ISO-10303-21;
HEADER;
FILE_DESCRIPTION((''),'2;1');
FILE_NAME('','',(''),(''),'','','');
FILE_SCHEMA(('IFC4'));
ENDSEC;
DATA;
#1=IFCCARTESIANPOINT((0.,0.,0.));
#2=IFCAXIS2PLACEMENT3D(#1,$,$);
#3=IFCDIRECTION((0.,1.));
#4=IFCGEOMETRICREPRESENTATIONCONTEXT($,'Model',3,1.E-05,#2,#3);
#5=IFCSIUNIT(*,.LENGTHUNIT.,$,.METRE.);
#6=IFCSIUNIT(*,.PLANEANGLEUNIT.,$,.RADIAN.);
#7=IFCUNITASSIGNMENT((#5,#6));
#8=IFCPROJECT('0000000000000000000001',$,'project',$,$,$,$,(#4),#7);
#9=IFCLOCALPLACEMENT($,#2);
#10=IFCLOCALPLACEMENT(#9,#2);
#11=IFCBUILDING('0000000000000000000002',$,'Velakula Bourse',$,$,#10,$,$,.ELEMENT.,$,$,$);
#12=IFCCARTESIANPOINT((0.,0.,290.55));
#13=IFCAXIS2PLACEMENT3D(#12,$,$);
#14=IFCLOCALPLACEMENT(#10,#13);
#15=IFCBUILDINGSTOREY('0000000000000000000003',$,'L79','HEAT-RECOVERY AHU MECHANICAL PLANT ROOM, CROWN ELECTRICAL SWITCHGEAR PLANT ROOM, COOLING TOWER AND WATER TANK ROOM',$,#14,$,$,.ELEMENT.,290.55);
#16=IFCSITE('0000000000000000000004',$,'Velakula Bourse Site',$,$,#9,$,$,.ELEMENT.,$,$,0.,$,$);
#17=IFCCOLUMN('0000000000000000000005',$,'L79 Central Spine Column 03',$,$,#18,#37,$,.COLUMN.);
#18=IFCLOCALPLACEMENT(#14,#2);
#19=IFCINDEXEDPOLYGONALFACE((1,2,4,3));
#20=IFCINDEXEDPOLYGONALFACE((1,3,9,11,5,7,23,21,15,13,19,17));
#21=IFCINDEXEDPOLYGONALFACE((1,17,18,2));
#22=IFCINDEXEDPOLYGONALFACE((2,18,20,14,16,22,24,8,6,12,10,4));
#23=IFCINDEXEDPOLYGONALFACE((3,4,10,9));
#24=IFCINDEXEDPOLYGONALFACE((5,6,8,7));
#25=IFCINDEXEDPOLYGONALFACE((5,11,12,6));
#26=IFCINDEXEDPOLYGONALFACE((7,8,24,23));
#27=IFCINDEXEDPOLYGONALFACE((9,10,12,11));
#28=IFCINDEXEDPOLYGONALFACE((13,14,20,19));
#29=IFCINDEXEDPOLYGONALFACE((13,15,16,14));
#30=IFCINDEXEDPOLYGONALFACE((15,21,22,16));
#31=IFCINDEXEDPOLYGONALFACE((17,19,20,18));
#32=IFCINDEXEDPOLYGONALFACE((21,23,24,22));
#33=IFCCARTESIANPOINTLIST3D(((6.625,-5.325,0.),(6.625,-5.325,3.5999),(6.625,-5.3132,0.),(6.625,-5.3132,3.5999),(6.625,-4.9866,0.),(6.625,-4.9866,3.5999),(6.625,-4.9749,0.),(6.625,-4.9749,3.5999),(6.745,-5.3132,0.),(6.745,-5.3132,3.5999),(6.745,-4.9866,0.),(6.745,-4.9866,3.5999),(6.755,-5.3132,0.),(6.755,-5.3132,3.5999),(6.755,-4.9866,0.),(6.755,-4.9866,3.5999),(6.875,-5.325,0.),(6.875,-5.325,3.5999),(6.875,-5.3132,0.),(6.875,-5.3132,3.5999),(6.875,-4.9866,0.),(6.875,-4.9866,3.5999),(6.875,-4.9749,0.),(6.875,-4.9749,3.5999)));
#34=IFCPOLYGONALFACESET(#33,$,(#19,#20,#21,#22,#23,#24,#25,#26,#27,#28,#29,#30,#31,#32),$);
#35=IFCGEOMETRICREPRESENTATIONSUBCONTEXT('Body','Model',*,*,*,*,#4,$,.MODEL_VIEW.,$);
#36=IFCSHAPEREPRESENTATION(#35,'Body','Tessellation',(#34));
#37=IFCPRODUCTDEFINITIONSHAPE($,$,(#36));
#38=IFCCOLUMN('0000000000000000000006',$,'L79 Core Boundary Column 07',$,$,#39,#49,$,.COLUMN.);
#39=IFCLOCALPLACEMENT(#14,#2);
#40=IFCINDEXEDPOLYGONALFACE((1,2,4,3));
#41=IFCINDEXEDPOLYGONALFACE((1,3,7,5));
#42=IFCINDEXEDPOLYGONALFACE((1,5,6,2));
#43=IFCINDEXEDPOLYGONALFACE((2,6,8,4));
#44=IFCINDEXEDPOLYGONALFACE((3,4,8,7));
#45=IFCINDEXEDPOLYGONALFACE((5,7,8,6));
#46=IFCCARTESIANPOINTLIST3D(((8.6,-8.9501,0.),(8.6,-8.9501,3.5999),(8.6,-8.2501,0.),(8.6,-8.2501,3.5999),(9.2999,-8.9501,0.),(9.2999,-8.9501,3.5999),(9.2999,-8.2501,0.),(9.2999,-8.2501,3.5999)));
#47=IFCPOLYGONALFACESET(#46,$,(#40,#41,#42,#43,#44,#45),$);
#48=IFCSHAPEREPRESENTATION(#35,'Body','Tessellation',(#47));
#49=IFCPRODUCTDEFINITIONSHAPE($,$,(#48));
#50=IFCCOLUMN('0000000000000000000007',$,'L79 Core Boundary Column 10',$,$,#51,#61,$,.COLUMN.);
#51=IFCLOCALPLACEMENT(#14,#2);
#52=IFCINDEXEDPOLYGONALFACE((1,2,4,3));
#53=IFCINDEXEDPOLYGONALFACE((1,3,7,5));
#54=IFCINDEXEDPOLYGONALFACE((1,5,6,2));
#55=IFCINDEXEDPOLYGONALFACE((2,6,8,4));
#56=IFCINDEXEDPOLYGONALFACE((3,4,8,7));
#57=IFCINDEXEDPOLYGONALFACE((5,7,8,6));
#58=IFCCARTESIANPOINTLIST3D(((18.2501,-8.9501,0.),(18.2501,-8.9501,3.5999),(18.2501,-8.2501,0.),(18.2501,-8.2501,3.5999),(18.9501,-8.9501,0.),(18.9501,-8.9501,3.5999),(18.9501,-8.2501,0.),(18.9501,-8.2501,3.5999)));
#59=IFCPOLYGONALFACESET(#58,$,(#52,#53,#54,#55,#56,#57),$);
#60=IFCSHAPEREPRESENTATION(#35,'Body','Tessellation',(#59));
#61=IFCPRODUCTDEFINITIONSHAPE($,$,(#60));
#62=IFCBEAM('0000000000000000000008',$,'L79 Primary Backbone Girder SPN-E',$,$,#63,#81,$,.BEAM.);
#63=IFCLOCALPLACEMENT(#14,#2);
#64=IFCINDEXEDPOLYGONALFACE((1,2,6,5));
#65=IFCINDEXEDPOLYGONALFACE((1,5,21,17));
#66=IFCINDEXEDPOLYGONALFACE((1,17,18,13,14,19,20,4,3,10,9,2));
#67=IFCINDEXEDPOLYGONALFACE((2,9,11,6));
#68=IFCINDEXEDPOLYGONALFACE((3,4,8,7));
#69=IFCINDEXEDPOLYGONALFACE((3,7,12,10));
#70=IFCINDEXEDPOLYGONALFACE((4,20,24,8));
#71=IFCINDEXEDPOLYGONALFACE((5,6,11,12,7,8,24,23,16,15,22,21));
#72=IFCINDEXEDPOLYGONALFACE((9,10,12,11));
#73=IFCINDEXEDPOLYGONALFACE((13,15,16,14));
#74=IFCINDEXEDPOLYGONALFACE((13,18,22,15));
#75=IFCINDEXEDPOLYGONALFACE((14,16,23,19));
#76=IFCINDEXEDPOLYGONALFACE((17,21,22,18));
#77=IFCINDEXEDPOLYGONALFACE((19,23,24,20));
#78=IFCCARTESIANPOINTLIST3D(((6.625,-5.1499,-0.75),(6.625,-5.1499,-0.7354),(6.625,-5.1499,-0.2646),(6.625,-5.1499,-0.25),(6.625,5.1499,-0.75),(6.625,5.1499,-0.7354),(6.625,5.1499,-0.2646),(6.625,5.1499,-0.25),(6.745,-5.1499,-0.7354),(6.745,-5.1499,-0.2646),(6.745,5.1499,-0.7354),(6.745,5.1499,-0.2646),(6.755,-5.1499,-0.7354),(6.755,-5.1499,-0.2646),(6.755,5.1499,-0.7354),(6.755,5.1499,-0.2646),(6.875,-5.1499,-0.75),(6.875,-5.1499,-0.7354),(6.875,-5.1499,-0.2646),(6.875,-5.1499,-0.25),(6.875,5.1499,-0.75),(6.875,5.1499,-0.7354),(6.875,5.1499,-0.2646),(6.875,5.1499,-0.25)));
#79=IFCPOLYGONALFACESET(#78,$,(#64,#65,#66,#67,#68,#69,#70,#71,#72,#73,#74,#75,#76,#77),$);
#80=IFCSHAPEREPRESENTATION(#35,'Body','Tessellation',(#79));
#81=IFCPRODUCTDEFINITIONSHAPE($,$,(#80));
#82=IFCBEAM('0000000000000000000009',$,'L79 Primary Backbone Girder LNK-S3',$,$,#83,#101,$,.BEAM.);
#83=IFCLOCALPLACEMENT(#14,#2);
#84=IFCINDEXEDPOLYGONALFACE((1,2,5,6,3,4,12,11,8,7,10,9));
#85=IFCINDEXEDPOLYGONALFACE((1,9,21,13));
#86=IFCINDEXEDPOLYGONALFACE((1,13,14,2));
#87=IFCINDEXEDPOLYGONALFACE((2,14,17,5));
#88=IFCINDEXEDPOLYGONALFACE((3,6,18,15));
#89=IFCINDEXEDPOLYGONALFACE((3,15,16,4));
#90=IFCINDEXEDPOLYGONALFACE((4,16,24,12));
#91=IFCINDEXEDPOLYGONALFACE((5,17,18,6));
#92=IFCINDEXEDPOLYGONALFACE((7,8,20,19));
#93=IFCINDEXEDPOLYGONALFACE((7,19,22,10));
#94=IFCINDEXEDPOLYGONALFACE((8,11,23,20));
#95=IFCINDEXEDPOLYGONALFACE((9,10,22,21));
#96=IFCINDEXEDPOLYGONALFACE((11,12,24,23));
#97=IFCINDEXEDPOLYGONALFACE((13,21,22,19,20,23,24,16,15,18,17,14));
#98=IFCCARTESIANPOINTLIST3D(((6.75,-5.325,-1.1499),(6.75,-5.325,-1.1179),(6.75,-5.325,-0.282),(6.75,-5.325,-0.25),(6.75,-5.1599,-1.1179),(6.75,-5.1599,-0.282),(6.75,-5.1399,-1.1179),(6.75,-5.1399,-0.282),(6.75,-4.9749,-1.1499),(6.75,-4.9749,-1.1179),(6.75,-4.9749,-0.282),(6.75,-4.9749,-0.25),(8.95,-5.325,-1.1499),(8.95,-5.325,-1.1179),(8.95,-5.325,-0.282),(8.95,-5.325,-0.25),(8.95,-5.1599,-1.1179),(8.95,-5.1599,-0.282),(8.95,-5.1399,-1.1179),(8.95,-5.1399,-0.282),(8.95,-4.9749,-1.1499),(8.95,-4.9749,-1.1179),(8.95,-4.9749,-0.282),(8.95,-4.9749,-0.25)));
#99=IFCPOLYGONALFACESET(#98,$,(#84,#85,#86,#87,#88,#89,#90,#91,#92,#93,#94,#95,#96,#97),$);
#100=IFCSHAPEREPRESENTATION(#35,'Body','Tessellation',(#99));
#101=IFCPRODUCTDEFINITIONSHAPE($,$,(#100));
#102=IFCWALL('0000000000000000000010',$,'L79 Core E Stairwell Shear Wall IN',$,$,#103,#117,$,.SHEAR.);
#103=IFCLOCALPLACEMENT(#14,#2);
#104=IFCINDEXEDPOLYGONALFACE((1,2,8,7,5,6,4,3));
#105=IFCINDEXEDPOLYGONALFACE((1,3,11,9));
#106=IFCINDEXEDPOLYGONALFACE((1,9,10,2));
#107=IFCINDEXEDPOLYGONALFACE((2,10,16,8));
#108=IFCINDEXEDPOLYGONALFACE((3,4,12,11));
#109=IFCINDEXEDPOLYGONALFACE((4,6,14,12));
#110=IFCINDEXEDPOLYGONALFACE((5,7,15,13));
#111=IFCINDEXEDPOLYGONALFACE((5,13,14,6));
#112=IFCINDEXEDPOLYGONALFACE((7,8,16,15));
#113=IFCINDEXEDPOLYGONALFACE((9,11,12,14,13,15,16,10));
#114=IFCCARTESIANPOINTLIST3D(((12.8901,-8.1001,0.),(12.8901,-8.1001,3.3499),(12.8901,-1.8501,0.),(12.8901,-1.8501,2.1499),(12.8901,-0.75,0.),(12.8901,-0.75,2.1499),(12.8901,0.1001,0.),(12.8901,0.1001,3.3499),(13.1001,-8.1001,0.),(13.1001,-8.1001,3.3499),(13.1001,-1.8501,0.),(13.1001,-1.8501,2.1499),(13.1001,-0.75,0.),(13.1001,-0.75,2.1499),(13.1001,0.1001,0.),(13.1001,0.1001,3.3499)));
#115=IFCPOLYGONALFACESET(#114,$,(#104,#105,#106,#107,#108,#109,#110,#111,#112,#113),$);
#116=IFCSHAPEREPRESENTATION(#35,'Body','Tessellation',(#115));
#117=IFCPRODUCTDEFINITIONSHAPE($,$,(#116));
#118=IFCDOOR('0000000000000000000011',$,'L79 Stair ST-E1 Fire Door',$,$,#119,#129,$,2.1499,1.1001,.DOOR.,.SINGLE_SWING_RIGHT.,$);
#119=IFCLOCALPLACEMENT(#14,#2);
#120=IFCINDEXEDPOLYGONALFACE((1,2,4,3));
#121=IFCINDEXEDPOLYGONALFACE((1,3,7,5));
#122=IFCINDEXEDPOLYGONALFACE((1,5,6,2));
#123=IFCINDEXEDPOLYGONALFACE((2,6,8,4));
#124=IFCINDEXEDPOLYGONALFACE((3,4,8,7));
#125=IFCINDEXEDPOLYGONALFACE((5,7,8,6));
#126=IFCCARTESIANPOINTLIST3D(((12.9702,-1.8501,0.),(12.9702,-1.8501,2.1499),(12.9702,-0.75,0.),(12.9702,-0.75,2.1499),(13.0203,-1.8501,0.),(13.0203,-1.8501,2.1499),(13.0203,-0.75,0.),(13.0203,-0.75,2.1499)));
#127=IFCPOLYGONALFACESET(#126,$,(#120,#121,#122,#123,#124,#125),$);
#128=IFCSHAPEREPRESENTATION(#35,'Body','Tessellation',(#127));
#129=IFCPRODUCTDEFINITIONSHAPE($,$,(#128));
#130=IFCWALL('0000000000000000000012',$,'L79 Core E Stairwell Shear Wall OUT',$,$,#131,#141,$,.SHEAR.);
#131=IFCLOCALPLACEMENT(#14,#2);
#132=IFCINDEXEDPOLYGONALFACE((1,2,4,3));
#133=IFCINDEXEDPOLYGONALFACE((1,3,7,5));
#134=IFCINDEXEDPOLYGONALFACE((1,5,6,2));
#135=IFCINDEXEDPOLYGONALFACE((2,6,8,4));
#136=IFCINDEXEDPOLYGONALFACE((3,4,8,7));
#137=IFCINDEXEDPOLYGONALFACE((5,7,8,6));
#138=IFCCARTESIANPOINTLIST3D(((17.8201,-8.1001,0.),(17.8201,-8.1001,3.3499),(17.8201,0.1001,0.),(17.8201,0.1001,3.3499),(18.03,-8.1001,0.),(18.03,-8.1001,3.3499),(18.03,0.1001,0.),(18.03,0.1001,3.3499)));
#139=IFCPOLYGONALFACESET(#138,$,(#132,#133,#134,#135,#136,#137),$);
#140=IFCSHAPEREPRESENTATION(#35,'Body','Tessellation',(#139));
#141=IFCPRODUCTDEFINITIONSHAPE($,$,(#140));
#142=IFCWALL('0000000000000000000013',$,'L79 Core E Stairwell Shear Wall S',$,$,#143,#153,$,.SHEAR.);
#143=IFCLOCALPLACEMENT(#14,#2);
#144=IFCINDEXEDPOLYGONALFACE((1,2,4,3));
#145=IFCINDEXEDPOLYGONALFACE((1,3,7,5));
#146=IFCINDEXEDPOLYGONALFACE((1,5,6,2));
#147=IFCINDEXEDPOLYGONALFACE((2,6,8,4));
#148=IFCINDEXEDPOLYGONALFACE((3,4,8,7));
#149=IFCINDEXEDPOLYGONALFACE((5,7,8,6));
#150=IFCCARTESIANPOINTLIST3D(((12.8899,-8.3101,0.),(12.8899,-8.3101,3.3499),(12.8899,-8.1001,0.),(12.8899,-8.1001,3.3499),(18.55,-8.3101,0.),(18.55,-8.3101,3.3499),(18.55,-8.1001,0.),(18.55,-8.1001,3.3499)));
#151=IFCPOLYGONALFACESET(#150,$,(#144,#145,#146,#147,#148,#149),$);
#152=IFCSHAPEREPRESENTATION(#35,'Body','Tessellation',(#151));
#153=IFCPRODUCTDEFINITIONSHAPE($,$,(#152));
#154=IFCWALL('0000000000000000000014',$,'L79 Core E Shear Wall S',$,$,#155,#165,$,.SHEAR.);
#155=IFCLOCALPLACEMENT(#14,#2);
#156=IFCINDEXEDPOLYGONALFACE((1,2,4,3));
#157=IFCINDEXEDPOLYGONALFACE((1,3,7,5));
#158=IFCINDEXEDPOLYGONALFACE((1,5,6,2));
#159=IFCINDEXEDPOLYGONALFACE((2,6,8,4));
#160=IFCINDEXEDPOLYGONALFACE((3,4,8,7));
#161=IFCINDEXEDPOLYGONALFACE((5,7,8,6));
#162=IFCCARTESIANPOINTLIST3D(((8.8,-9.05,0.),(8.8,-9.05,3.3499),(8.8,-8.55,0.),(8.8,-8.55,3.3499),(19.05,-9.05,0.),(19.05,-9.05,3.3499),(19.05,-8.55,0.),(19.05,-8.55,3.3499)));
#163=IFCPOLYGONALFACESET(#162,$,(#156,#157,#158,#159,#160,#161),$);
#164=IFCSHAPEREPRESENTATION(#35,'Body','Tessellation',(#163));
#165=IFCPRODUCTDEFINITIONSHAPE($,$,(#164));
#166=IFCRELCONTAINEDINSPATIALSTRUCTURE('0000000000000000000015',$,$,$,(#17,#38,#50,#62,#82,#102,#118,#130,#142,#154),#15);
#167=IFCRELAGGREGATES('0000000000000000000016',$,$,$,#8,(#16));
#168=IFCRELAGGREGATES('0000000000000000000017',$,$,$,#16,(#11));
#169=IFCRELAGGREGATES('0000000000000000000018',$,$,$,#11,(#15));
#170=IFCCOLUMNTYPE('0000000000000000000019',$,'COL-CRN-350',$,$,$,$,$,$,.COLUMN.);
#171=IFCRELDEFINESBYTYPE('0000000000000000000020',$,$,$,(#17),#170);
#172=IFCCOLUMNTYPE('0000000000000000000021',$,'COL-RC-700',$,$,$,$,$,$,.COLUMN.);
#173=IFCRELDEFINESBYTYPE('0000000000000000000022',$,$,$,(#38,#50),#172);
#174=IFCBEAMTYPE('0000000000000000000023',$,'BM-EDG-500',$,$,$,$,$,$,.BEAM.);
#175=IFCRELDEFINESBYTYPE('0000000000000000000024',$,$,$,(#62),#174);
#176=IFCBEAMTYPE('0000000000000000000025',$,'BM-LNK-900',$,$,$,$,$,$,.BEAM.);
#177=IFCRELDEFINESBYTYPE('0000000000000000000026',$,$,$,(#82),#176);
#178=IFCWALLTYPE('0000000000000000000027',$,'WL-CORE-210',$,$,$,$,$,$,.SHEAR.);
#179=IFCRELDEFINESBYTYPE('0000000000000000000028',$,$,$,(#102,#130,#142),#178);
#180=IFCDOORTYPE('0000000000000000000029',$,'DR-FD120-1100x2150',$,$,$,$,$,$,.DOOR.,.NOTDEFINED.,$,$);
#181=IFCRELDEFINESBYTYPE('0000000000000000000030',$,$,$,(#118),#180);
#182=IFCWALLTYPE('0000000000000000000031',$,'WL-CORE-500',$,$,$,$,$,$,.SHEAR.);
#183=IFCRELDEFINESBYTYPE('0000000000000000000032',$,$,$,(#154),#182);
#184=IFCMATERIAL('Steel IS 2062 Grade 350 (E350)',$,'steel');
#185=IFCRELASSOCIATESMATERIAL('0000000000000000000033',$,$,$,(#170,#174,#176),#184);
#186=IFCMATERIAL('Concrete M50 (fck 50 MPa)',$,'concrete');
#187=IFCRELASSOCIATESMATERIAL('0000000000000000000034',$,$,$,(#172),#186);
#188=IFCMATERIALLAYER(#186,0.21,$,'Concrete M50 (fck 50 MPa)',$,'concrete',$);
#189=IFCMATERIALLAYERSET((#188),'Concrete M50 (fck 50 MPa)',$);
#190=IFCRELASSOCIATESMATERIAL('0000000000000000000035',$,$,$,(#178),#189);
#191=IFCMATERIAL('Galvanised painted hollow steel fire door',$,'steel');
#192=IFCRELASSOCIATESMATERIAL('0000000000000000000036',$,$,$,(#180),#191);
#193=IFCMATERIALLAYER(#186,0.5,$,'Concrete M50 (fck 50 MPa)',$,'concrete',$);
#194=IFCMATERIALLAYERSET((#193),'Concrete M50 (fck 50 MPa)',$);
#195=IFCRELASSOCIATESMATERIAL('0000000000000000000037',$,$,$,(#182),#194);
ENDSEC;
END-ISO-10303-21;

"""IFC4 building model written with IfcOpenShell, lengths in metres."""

from ifc_helpers import new_model, si_unit, direction, frame, frame_2d, origin, origin_2d, place, context, subcontext, project, spatial, rectangle, i_section, extrude, material, layer, layer_set, material_profile, profile_set, type_object, element, fill, save


model = new_model("IFC4")

# Units and contexts
model_context = context("Model", 3, precision=1e-05, world=origin(), true_north=direction((0.0, 1.0)))
body_context = subcontext(model_context, "Body", "Model", "MODEL_VIEW")
ifc_project = project(units=[si_unit("LENGTHUNIT", "METRE"), si_unit("PLANEANGLEUNIT", "RADIAN")], contexts=[model_context])

# Site, building, storey
site_placement = place(None, origin())
site = spatial("IfcSite", under=ifc_project, at=site_placement, Name="Velakula Bourse Site", CompositionType="ELEMENT", RefElevation=0.0)
building_placement = place(site_placement, origin())
building = spatial("IfcBuilding", under=site, at=building_placement, Name="Velakula Bourse", CompositionType="ELEMENT")
storey_placement = place(building_placement, frame((0.0, 0.0, 290.55)))
storey = spatial("IfcBuildingStorey", under=building, at=storey_placement, Name="L79", Description="HEAT-RECOVERY AHU MECHANICAL PLANT ROOM, CROWN ELECTRICAL SWITCHGEAR PLANT ROOM, COOLING TOWER AND WATER TANK ROOM", CompositionType="ELEMENT", Elevation=290.55)

# Columns
ifc_material_1 = material(Name="Steel IS 2062 Grade 350 (E350)", Category="steel")
ifc_material_profile_1 = material_profile(ifc_material_1, i_section(OverallWidth=0.25, OverallDepth=0.3501, WebThickness=0.01, FlangeThickness=0.0117, at=origin_2d()), Name="Steel IS 2062 Grade 350 (E350)")
ifc_profile_set_1 = profile_set([ifc_material_profile_1], Name="Steel IS 2062 Grade 350 (E350)")
column_type_1 = type_object("IfcColumnType", Name="COL-CRN-350", PredefinedType="COLUMN", material=ifc_profile_set_1)
column_placement = place(storey_placement, frame((6.75, -5.1499, 0.0), z_axis=(0.0, 0.0, 1.0), x_axis=(1.0, 0.0, 0.0)))
element("IfcColumn", 1, at=column_placement, inside=storey, type_object=column_type_1, Name="L79 Central Spine Column 03", PredefinedType="COLUMN", context=body_context, shape_type="SweptSolid", body=[
    extrude(i_section(OverallWidth=0.25, OverallDepth=0.3501, WebThickness=0.01, FlangeThickness=0.0117, at=origin_2d()), origin(), (0.0, 0.0, 1.0), 3.5999),
])
ifc_material_2 = material(Name="Concrete M50 (fck 50 MPa)", Category="concrete")
ifc_material_profile_2 = material_profile(ifc_material_2, rectangle(XDim=0.7, YDim=0.7, at=origin_2d()), Name="Concrete M50 (fck 50 MPa)")
ifc_profile_set_2 = profile_set([ifc_material_profile_2], Name="Concrete M50 (fck 50 MPa)")
column_type_2 = type_object("IfcColumnType", Name="COL-RC-700", PredefinedType="COLUMN", material=ifc_profile_set_2)
for number, where, z_axis, x_axis, name in (
    (2, (8.95, -8.6001, 0.0), (0.0, 0.0, 1.0), (1.0, 0.0, 0.0), "L79 Core Boundary Column 07"),
    (3, (18.6001, -8.6001, 0.0), (0.0, 0.0, 1.0), (1.0, 0.0, 0.0), "L79 Core Boundary Column 10"),
):
    element("IfcColumn", number, at=place(storey_placement, frame(where, z_axis=z_axis, x_axis=x_axis)), inside=storey, type_object=column_type_2, Name=name, PredefinedType="COLUMN", context=body_context, shape_type="SweptSolid", body=[
        extrude(rectangle(XDim=0.7, YDim=0.7, at=origin_2d()), origin(), (0.0, 0.0, 1.0), 3.5999),
    ])

# Beams
ifc_material_profile_3 = material_profile(ifc_material_1, i_section(OverallWidth=0.25, OverallDepth=0.5, WebThickness=0.01, FlangeThickness=0.0146, at=origin_2d()), Name="Steel IS 2062 Grade 350 (E350)")
ifc_profile_set_3 = profile_set([ifc_material_profile_3], Name="Steel IS 2062 Grade 350 (E350)")
beam_type_1 = type_object("IfcBeamType", Name="BM-EDG-500", PredefinedType="BEAM", material=ifc_profile_set_3)
beam_1_placement = place(storey_placement, frame((6.75, -5.1499, -0.5), z_axis=(0.0, 1.0, 0.0), x_axis=(-1.0, 0.0, 0.0)))
element("IfcBeam", 4, at=beam_1_placement, inside=storey, type_object=beam_type_1, Name="L79 Primary Backbone Girder SPN-E", PredefinedType="BEAM", context=body_context, shape_type="SweptSolid", body=[
    extrude(i_section(OverallWidth=0.25, OverallDepth=0.5, WebThickness=0.01, FlangeThickness=0.0146, at=origin_2d()), origin(), (0.0, 0.0, 1.0), 10.2998),
])
ifc_material_profile_4 = material_profile(ifc_material_1, i_section(OverallWidth=0.3501, OverallDepth=0.8999, WebThickness=0.02, FlangeThickness=0.032, at=origin_2d()), Name="Steel IS 2062 Grade 350 (E350)")
ifc_profile_set_4 = profile_set([ifc_material_profile_4], Name="Steel IS 2062 Grade 350 (E350)")
beam_type_2 = type_object("IfcBeamType", Name="BM-LNK-900", PredefinedType="BEAM", material=ifc_profile_set_4)
beam_2_placement = place(storey_placement, frame((6.75, -5.1499, -0.7), z_axis=(1.0, 0.0, 0.0), x_axis=(0.0, 1.0, 0.0)))
element("IfcBeam", 5, at=beam_2_placement, inside=storey, type_object=beam_type_2, Name="L79 Primary Backbone Girder LNK-S3", PredefinedType="BEAM", context=body_context, shape_type="SweptSolid", body=[
    extrude(i_section(OverallWidth=0.3501, OverallDepth=0.8999, WebThickness=0.02, FlangeThickness=0.032, at=origin_2d()), origin(), (0.0, 0.0, 1.0), 2.2),
])

# Wall, opening, door
ifc_layer_1 = layer(ifc_material_2, 0.21, Name="Concrete M50 (fck 50 MPa)", Category="concrete")
ifc_layer_set_1 = layer_set([ifc_layer_1], Name="Concrete M50 (fck 50 MPa)")
wall_type_1 = type_object("IfcWallType", Name="WL-CORE-210", PredefinedType="SHEAR", material=ifc_layer_set_1)
wall_1_placement = place(storey_placement, frame((12.9951, -8.1001, 0.0), z_axis=(0.0, 0.0, 1.0), x_axis=(0.0, 1.0, 0.0)))
wall_1 = element("IfcWall", 6, at=wall_1_placement, inside=storey, type_object=wall_type_1, Name="L79 Core E Stairwell Shear Wall IN", PredefinedType="SHEAR", context=body_context, shape_type="SweptSolid", body=[
    extrude(rectangle(XDim=8.2002, YDim=0.21, at=frame_2d((4.1001, 0.0))), origin(), (0.0, 0.0, 1.0), 3.3499),
])
opening_1_placement = place(wall_1_placement, frame((6.25, 0.0, 0.0)))
opening_1 = element("IfcOpeningElement", 7, at=opening_1_placement, cuts=wall_1, PredefinedType="OPENING", context=body_context, shape_type="SweptSolid", body=[
    extrude(rectangle(XDim=1.1001, YDim=2.1499, at=frame_2d((0.55, 1.075))), frame((0.0, 0.115, 0.0), z_axis=(0.0, -1.0, 0.0), x_axis=(1.0, 0.0, 0.0)), (0.0, 0.0, 1.0), 0.23),
])
ifc_material_3 = material(Name="Galvanised painted hollow steel fire door", Category="steel")
door_type_1 = type_object("IfcDoorType", Name="DR-FD120-1100x2150", OperationType="NOTDEFINED", PredefinedType="DOOR", material=ifc_material_3)
door_1_placement = place(opening_1_placement, origin())
door_1 = element("IfcDoor", 8, at=door_1_placement, inside=storey, type_object=door_type_1, Name="L79 Stair ST-E1 Fire Door", OperationType="SINGLE_SWING_RIGHT", OverallHeight=2.1499, OverallWidth=1.1001, PredefinedType="DOOR", context=body_context, shape_type="SweptSolid", body=[
    extrude(rectangle(XDim=1.1001, YDim=2.1499, at=frame_2d((0.55, 1.075))), frame((0.0, 0.0249, 0.0), z_axis=(0.0, -1.0, 0.0), x_axis=(1.0, 0.0, 0.0)), (0.0, 0.0, 1.0), 0.05),
])
fill(opening_1, door_1)

# Walls
wall_2_placement = place(storey_placement, frame((17.925, -8.1001, 0.0), z_axis=(0.0, 0.0, 1.0), x_axis=(0.0, 1.0, 0.0)))
element("IfcWall", 9, at=wall_2_placement, inside=storey, type_object=wall_type_1, Name="L79 Core E Stairwell Shear Wall OUT", PredefinedType="SHEAR", context=body_context, shape_type="SweptSolid", body=[
    extrude(rectangle(XDim=8.2002, YDim=0.21, at=frame_2d((4.1001, 0.0))), origin(), (0.0, 0.0, 1.0), 3.3499),
])
wall_3_placement = place(storey_placement, frame((12.8899, -8.2051, 0.0), z_axis=(0.0, 0.0, 1.0), x_axis=(1.0, 0.0, 0.0)))
element("IfcWall", 10, at=wall_3_placement, inside=storey, type_object=wall_type_1, Name="L79 Core E Stairwell Shear Wall S", PredefinedType="SHEAR", context=body_context, shape_type="SweptSolid", body=[
    extrude(rectangle(XDim=5.6602, YDim=0.21, at=frame_2d((2.8301, 0.0))), origin(), (0.0, 0.0, 1.0), 3.3499),
])
ifc_layer_2 = layer(ifc_material_2, 0.5, Name="Concrete M50 (fck 50 MPa)", Category="concrete")
ifc_layer_set_2 = layer_set([ifc_layer_2], Name="Concrete M50 (fck 50 MPa)")
wall_type_2 = type_object("IfcWallType", Name="WL-CORE-500", PredefinedType="SHEAR", material=ifc_layer_set_2)
wall_4_placement = place(storey_placement, frame((8.8, -8.8, 0.0), z_axis=(0.0, 0.0, 1.0), x_axis=(1.0, 0.0, 0.0)))
element("IfcWall", 11, at=wall_4_placement, inside=storey, type_object=wall_type_2, Name="L79 Core E Shear Wall S", PredefinedType="SHEAR", context=body_context, shape_type="SweptSolid", body=[
    extrude(rectangle(XDim=10.25, YDim=0.5, at=frame_2d((5.125, 0.0))), origin(), (0.0, 0.0, 1.0), 3.3499),
])

save(model, "model.ifc")
